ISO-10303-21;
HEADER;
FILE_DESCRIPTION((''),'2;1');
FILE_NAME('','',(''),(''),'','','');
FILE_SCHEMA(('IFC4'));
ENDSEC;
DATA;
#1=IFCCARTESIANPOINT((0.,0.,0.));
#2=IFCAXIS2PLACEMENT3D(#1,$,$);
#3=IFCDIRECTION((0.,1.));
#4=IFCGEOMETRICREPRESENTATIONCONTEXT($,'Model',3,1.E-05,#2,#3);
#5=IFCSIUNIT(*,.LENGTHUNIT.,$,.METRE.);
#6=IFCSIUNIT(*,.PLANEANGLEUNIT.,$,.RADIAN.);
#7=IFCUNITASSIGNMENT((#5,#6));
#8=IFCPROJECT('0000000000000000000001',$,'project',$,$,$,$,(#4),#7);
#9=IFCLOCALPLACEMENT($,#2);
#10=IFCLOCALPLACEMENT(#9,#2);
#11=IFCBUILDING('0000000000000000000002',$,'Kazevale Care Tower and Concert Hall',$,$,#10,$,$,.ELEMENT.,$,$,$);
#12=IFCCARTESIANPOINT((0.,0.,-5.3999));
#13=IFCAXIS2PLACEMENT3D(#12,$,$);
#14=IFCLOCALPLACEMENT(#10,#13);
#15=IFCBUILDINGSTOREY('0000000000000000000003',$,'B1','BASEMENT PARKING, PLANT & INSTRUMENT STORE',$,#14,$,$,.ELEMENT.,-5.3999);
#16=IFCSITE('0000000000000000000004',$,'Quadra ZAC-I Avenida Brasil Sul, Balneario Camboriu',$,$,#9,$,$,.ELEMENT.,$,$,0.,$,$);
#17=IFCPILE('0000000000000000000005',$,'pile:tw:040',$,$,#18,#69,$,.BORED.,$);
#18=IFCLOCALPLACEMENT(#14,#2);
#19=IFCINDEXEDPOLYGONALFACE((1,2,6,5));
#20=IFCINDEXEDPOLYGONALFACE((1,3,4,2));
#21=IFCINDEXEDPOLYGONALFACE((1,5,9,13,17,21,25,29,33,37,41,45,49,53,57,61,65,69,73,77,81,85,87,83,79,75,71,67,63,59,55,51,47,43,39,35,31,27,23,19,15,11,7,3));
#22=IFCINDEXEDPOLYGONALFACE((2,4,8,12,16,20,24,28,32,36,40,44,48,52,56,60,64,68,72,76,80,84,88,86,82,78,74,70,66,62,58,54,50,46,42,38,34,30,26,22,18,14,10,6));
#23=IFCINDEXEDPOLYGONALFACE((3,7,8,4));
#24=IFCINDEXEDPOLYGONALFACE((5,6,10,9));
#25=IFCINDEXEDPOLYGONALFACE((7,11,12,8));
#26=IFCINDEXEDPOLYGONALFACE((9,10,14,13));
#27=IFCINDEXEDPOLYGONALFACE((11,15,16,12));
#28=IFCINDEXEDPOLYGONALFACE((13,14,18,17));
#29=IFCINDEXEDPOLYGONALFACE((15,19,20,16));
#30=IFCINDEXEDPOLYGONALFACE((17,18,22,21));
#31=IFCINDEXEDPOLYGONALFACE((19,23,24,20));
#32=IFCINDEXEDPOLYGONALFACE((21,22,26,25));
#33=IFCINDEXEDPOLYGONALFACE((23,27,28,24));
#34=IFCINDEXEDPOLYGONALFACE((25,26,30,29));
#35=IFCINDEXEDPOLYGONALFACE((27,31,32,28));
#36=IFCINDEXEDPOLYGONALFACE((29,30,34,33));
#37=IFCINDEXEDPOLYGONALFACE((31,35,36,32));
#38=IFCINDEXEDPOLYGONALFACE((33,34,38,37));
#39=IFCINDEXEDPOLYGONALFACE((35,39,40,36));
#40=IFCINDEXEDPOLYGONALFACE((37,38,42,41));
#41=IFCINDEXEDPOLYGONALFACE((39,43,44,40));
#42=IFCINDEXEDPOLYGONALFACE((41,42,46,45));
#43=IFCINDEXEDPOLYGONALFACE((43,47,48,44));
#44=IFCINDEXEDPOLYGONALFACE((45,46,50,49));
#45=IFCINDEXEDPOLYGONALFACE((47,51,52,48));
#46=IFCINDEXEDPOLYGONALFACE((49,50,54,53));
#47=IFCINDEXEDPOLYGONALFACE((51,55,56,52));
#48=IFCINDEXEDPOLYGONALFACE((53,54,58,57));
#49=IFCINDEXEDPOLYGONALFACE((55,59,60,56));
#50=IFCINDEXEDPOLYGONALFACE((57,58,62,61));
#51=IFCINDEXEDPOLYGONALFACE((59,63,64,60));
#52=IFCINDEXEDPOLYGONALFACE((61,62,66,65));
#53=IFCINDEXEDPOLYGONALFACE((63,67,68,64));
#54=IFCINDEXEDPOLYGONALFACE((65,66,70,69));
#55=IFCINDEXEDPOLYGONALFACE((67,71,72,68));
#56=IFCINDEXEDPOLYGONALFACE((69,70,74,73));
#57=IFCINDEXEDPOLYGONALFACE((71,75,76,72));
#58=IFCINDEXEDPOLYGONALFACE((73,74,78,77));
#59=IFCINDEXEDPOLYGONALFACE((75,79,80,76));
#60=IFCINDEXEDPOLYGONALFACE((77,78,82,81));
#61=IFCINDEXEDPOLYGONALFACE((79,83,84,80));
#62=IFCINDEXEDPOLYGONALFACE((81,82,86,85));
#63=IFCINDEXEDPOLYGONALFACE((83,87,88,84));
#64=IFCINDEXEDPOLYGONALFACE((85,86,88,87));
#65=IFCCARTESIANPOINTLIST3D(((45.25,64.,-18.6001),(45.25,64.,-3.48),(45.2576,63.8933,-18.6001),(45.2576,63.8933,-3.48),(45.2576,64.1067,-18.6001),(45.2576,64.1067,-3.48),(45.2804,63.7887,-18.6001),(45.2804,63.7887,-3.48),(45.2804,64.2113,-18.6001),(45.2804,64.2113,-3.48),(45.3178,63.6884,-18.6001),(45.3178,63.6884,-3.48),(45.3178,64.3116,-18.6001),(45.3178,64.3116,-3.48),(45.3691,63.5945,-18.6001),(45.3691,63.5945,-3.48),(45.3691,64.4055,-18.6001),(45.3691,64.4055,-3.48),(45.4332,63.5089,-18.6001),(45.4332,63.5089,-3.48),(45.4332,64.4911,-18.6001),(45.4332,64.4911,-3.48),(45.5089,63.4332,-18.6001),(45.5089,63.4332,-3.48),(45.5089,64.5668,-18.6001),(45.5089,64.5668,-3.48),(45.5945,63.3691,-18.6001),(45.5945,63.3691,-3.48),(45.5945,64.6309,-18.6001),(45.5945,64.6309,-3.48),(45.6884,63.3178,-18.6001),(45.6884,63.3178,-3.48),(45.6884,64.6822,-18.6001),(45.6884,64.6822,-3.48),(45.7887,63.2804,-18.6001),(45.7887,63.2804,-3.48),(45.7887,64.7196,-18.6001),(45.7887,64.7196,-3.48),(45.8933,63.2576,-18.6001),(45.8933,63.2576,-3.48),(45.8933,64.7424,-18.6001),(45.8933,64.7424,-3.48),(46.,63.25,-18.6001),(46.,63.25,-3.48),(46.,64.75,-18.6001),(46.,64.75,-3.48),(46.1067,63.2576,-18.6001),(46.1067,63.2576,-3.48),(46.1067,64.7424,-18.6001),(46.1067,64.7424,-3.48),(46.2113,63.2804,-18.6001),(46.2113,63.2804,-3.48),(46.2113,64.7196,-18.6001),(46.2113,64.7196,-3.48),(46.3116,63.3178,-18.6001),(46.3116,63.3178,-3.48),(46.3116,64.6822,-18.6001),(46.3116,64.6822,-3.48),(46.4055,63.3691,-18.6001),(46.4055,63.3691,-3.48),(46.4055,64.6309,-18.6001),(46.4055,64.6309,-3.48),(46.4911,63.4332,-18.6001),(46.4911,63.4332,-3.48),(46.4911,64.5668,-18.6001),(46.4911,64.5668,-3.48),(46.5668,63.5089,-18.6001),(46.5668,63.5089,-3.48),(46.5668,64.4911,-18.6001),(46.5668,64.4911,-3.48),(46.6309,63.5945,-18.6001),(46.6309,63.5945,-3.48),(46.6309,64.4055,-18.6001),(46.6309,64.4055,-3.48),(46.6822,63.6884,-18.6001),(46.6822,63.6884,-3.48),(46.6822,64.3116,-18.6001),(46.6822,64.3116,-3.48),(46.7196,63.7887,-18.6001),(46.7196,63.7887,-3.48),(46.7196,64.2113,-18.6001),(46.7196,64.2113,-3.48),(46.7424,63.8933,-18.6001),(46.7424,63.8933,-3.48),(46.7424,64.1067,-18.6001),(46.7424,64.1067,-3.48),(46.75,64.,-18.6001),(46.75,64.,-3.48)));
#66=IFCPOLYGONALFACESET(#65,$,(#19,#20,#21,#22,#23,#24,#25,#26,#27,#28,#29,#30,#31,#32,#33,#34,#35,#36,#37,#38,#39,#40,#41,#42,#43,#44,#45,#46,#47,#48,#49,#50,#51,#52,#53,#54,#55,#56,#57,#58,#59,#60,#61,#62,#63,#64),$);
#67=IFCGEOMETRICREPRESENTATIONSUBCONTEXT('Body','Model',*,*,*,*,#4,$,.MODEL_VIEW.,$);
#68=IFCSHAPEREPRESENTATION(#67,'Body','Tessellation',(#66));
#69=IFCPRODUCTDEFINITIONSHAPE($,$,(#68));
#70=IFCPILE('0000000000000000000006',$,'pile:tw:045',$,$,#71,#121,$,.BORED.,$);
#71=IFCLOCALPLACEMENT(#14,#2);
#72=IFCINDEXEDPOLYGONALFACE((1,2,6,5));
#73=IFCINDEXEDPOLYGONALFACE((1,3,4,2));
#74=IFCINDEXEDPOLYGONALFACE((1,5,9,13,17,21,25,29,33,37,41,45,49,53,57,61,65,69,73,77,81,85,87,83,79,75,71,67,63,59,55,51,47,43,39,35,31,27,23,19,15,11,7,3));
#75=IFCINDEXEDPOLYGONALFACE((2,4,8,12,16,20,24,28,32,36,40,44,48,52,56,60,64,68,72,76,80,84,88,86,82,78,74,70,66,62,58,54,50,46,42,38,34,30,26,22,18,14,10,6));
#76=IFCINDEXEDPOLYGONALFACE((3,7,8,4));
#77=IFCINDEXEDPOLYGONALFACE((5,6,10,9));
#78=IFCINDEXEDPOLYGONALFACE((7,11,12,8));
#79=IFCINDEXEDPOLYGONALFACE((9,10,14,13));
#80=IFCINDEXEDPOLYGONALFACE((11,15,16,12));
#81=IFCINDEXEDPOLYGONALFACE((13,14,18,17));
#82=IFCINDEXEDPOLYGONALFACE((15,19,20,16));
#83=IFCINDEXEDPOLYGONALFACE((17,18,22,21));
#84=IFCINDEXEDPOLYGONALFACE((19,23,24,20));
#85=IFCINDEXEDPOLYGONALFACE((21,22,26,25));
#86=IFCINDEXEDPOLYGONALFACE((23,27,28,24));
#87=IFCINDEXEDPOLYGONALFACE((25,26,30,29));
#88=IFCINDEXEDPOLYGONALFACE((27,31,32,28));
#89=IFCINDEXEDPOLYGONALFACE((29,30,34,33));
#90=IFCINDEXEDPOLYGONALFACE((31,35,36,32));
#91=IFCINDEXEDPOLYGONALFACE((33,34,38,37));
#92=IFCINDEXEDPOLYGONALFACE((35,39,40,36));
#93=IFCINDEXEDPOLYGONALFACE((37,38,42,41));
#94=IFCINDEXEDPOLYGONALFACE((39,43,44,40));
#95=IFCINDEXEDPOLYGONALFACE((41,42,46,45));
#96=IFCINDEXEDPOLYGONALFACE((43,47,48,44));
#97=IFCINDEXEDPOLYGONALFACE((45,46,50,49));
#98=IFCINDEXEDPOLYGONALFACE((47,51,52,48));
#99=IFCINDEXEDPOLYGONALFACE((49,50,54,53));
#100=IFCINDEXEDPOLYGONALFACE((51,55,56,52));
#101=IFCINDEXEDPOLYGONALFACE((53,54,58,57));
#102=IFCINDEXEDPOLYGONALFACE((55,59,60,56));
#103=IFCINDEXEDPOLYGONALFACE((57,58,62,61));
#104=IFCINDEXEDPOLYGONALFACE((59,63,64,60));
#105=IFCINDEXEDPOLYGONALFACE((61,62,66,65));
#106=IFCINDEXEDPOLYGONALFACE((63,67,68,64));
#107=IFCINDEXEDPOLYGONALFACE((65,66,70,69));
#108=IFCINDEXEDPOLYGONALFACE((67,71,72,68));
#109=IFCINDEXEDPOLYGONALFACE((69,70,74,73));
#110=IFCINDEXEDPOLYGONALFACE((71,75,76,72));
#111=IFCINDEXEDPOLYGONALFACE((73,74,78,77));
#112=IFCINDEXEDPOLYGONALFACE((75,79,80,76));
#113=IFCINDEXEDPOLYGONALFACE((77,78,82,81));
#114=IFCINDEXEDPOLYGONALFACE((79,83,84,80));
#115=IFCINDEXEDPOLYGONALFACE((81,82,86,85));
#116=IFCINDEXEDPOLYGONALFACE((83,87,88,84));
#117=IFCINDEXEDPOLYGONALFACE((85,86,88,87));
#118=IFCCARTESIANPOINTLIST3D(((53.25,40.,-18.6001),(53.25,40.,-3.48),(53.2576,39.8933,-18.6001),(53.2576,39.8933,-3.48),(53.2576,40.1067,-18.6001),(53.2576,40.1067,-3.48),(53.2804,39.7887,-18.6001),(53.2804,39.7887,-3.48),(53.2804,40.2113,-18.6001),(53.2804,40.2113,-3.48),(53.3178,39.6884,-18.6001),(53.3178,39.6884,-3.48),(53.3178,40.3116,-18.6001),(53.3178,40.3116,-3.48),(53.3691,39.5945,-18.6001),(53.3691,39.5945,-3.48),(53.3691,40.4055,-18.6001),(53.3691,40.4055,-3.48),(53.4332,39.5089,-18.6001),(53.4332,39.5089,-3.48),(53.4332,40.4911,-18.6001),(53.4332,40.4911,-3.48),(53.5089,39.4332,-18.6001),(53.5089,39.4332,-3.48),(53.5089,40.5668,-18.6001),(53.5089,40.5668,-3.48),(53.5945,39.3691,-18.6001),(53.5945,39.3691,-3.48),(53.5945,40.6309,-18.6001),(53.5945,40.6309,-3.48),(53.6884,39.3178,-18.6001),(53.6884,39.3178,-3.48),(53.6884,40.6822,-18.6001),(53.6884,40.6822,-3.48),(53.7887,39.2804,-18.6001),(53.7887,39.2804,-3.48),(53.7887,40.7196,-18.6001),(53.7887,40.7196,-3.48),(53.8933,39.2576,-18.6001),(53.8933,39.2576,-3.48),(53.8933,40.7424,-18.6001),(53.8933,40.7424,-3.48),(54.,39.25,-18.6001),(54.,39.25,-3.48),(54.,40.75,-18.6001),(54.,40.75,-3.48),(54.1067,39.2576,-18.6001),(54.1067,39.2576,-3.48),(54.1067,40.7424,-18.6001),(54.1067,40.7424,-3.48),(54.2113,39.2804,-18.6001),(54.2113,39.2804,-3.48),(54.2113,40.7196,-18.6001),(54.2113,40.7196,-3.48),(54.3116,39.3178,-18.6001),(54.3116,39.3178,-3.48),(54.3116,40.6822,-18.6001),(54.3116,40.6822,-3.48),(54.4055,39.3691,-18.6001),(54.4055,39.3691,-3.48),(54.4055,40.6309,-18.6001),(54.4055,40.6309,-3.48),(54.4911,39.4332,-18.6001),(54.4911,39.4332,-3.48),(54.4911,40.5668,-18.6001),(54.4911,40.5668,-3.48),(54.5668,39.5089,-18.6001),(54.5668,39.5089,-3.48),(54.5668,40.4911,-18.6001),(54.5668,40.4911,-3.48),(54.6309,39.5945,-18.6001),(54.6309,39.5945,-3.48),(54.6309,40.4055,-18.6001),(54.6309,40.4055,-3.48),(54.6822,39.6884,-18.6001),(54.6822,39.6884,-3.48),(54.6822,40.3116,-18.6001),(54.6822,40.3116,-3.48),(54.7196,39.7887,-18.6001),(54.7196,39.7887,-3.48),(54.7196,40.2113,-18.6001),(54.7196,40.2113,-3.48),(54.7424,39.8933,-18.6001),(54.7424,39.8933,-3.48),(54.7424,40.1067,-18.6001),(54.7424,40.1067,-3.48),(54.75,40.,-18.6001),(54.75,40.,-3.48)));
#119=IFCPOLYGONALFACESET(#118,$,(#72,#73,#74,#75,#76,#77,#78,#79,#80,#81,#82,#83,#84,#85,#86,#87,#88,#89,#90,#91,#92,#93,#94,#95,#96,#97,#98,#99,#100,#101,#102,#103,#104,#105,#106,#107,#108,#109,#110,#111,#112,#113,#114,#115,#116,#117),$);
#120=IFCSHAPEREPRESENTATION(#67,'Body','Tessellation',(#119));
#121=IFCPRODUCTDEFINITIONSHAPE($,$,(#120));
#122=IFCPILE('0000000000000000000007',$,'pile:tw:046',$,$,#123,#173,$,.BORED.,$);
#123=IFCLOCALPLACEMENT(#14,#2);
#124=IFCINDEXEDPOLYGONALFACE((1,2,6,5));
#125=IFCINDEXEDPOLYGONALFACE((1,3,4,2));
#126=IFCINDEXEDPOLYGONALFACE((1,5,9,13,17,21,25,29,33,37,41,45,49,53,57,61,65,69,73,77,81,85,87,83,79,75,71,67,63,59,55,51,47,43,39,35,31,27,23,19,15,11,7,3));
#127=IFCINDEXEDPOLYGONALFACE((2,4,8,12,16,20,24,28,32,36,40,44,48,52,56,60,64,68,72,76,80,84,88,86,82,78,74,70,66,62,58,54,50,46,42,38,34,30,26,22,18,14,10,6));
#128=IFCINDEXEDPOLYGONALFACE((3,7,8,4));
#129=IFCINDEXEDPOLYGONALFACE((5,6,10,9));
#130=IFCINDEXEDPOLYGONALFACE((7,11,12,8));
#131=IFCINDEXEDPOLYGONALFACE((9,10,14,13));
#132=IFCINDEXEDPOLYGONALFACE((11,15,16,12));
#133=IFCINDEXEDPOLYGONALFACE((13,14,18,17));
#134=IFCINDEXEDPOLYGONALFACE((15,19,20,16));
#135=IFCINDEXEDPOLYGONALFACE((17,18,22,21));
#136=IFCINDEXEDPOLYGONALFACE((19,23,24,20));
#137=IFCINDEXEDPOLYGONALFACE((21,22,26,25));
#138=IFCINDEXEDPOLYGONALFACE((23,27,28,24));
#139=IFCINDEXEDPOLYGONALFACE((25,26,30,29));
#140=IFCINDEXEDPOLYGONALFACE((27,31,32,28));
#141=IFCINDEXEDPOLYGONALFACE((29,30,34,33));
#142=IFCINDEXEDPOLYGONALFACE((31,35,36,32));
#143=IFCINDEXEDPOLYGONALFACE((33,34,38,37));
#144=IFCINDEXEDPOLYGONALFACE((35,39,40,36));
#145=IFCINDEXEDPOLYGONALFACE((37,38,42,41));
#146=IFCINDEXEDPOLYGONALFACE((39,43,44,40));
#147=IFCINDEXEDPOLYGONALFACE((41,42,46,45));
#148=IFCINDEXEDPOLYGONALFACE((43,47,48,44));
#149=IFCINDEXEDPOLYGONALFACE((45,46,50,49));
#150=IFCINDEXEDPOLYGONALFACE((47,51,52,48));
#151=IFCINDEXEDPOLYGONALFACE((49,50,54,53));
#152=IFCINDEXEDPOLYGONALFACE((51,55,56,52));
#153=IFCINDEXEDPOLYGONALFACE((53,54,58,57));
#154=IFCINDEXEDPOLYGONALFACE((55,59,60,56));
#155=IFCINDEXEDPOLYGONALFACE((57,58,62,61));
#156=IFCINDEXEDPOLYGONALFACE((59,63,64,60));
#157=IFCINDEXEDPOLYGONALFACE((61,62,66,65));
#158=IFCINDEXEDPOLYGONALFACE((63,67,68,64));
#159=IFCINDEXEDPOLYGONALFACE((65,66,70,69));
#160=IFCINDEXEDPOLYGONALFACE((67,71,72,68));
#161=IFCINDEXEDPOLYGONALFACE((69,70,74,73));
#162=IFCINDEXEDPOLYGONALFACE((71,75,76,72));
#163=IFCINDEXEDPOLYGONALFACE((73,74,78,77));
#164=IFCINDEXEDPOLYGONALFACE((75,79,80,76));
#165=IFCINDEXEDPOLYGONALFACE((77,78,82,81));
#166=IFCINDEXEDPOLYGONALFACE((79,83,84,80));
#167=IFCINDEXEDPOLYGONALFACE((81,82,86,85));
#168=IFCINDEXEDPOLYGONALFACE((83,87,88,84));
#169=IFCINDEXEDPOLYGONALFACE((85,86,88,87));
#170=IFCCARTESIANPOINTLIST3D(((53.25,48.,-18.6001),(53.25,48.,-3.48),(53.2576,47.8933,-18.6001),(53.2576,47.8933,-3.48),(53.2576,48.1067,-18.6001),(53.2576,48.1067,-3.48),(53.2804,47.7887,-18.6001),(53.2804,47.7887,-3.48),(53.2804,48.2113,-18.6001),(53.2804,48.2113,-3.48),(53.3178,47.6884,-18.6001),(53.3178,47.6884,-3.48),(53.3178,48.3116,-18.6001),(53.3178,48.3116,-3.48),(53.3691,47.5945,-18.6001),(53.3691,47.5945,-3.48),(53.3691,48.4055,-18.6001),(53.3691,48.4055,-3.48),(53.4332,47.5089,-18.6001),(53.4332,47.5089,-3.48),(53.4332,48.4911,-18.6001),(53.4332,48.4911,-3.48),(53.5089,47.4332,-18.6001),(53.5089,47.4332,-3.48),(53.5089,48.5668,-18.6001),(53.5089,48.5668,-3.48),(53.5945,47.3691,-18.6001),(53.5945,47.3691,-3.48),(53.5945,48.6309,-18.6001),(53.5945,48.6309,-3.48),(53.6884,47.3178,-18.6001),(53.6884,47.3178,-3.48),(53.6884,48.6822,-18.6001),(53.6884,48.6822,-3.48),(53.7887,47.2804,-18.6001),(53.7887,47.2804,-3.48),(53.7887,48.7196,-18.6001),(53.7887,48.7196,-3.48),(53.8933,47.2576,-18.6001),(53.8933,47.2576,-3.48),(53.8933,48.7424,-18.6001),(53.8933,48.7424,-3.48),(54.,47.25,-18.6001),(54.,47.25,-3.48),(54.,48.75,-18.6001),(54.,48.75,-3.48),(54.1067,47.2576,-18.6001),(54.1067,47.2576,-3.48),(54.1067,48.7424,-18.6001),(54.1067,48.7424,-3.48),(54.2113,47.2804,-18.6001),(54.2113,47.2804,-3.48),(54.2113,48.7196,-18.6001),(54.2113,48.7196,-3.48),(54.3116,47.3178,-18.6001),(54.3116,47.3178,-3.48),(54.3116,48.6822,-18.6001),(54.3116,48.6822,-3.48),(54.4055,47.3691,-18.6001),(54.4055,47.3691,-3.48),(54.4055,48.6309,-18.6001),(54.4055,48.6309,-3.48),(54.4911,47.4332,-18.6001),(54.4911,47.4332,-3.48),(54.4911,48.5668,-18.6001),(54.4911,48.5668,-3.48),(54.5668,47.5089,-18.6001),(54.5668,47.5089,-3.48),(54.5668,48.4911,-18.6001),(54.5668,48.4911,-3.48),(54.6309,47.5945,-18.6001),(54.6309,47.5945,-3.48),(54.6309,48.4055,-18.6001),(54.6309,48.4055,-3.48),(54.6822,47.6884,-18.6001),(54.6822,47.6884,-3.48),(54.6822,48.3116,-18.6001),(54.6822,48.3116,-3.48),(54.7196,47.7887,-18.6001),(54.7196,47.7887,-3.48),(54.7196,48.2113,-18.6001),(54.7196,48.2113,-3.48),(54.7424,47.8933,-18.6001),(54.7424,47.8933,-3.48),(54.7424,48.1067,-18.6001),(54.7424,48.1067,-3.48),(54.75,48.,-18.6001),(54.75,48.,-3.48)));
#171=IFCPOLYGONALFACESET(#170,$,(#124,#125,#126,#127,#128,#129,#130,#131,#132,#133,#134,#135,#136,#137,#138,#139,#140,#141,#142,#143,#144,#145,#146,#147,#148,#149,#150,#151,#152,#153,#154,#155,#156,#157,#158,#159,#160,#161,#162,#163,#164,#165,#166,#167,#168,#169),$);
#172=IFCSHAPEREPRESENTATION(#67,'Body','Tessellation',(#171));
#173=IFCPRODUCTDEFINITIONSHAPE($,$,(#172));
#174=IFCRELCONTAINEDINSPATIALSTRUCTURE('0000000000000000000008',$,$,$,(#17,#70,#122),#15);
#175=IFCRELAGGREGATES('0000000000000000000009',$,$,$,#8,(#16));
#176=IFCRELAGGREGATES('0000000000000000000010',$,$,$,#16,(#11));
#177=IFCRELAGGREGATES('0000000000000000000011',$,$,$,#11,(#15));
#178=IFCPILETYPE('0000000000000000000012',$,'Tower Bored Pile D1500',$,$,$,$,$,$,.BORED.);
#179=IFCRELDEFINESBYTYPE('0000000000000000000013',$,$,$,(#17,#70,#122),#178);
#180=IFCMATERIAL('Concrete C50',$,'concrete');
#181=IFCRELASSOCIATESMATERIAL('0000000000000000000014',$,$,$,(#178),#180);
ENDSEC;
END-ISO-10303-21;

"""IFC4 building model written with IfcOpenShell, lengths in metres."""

from ifc_helpers import new_model, si_unit, direction, frame, origin, origin_2d, place, context, subcontext, project, spatial, circle, extrude, material, material_profile, profile_set, type_object, element, save


model = new_model("IFC4")

# Units and contexts
model_context = context("Model", 3, precision=1e-05, world=origin(), true_north=direction((0.0, 1.0)))
body_context = subcontext(model_context, "Body", "Model", "MODEL_VIEW")
ifc_project = project(units=[si_unit("LENGTHUNIT", "METRE"), si_unit("PLANEANGLEUNIT", "RADIAN")], contexts=[model_context])

# Site, building, storey
site_placement = place(None, origin())
site = spatial("IfcSite", under=ifc_project, at=site_placement, Name="Quadra ZAC-I Avenida Brasil Sul, Balneario Camboriu", CompositionType="ELEMENT", RefElevation=0.0)
building_placement = place(site_placement, origin())
building = spatial("IfcBuilding", under=site, at=building_placement, Name="Kazevale Care Tower and Concert Hall", CompositionType="ELEMENT")
storey_placement = place(building_placement, frame((0.0, 0.0, -5.3999)))
storey = spatial("IfcBuildingStorey", under=building, at=storey_placement, Name="B1", Description="BASEMENT PARKING, PLANT & INSTRUMENT STORE", CompositionType="ELEMENT", Elevation=-5.3999)

# Piles
ifc_material_1 = material(Name="Concrete C50", Category="concrete")
ifc_material_profile_1 = material_profile(ifc_material_1, circle(Radius=0.75, at=origin_2d()), Name="PILE-D1500")
ifc_profile_set_1 = profile_set([ifc_material_profile_1], Name="Concrete C50")
pile_type = type_object("IfcPileType", Name="Tower Bored Pile D1500", PredefinedType="BORED", material=ifc_profile_set_1)
for number, where, z_axis, x_axis, name in (
    (1, (46.0, 64.0, -3.48), (0.0, 0.0, -1.0), (1.0, 0.0, 0.0), "pile:tw:040"),
    (2, (54.0, 40.0, -3.48), (0.0, 0.0, -1.0), (1.0, 0.0, 0.0), "pile:tw:045"),
    (3, (54.0, 48.0, -3.48), (0.0, 0.0, -1.0), (1.0, 0.0, 0.0), "pile:tw:046"),
):
    element("IfcPile", number, at=place(storey_placement, frame(where, z_axis=z_axis, x_axis=x_axis)), inside=storey, type_object=pile_type, Name=name, PredefinedType="BORED", context=body_context, shape_type="SweptSolid", body=[
        extrude(circle(Radius=0.75, at=origin_2d()), origin(), (0.0, 0.0, 1.0), 15.1201),
    ])

save(model, "model.ifc")
